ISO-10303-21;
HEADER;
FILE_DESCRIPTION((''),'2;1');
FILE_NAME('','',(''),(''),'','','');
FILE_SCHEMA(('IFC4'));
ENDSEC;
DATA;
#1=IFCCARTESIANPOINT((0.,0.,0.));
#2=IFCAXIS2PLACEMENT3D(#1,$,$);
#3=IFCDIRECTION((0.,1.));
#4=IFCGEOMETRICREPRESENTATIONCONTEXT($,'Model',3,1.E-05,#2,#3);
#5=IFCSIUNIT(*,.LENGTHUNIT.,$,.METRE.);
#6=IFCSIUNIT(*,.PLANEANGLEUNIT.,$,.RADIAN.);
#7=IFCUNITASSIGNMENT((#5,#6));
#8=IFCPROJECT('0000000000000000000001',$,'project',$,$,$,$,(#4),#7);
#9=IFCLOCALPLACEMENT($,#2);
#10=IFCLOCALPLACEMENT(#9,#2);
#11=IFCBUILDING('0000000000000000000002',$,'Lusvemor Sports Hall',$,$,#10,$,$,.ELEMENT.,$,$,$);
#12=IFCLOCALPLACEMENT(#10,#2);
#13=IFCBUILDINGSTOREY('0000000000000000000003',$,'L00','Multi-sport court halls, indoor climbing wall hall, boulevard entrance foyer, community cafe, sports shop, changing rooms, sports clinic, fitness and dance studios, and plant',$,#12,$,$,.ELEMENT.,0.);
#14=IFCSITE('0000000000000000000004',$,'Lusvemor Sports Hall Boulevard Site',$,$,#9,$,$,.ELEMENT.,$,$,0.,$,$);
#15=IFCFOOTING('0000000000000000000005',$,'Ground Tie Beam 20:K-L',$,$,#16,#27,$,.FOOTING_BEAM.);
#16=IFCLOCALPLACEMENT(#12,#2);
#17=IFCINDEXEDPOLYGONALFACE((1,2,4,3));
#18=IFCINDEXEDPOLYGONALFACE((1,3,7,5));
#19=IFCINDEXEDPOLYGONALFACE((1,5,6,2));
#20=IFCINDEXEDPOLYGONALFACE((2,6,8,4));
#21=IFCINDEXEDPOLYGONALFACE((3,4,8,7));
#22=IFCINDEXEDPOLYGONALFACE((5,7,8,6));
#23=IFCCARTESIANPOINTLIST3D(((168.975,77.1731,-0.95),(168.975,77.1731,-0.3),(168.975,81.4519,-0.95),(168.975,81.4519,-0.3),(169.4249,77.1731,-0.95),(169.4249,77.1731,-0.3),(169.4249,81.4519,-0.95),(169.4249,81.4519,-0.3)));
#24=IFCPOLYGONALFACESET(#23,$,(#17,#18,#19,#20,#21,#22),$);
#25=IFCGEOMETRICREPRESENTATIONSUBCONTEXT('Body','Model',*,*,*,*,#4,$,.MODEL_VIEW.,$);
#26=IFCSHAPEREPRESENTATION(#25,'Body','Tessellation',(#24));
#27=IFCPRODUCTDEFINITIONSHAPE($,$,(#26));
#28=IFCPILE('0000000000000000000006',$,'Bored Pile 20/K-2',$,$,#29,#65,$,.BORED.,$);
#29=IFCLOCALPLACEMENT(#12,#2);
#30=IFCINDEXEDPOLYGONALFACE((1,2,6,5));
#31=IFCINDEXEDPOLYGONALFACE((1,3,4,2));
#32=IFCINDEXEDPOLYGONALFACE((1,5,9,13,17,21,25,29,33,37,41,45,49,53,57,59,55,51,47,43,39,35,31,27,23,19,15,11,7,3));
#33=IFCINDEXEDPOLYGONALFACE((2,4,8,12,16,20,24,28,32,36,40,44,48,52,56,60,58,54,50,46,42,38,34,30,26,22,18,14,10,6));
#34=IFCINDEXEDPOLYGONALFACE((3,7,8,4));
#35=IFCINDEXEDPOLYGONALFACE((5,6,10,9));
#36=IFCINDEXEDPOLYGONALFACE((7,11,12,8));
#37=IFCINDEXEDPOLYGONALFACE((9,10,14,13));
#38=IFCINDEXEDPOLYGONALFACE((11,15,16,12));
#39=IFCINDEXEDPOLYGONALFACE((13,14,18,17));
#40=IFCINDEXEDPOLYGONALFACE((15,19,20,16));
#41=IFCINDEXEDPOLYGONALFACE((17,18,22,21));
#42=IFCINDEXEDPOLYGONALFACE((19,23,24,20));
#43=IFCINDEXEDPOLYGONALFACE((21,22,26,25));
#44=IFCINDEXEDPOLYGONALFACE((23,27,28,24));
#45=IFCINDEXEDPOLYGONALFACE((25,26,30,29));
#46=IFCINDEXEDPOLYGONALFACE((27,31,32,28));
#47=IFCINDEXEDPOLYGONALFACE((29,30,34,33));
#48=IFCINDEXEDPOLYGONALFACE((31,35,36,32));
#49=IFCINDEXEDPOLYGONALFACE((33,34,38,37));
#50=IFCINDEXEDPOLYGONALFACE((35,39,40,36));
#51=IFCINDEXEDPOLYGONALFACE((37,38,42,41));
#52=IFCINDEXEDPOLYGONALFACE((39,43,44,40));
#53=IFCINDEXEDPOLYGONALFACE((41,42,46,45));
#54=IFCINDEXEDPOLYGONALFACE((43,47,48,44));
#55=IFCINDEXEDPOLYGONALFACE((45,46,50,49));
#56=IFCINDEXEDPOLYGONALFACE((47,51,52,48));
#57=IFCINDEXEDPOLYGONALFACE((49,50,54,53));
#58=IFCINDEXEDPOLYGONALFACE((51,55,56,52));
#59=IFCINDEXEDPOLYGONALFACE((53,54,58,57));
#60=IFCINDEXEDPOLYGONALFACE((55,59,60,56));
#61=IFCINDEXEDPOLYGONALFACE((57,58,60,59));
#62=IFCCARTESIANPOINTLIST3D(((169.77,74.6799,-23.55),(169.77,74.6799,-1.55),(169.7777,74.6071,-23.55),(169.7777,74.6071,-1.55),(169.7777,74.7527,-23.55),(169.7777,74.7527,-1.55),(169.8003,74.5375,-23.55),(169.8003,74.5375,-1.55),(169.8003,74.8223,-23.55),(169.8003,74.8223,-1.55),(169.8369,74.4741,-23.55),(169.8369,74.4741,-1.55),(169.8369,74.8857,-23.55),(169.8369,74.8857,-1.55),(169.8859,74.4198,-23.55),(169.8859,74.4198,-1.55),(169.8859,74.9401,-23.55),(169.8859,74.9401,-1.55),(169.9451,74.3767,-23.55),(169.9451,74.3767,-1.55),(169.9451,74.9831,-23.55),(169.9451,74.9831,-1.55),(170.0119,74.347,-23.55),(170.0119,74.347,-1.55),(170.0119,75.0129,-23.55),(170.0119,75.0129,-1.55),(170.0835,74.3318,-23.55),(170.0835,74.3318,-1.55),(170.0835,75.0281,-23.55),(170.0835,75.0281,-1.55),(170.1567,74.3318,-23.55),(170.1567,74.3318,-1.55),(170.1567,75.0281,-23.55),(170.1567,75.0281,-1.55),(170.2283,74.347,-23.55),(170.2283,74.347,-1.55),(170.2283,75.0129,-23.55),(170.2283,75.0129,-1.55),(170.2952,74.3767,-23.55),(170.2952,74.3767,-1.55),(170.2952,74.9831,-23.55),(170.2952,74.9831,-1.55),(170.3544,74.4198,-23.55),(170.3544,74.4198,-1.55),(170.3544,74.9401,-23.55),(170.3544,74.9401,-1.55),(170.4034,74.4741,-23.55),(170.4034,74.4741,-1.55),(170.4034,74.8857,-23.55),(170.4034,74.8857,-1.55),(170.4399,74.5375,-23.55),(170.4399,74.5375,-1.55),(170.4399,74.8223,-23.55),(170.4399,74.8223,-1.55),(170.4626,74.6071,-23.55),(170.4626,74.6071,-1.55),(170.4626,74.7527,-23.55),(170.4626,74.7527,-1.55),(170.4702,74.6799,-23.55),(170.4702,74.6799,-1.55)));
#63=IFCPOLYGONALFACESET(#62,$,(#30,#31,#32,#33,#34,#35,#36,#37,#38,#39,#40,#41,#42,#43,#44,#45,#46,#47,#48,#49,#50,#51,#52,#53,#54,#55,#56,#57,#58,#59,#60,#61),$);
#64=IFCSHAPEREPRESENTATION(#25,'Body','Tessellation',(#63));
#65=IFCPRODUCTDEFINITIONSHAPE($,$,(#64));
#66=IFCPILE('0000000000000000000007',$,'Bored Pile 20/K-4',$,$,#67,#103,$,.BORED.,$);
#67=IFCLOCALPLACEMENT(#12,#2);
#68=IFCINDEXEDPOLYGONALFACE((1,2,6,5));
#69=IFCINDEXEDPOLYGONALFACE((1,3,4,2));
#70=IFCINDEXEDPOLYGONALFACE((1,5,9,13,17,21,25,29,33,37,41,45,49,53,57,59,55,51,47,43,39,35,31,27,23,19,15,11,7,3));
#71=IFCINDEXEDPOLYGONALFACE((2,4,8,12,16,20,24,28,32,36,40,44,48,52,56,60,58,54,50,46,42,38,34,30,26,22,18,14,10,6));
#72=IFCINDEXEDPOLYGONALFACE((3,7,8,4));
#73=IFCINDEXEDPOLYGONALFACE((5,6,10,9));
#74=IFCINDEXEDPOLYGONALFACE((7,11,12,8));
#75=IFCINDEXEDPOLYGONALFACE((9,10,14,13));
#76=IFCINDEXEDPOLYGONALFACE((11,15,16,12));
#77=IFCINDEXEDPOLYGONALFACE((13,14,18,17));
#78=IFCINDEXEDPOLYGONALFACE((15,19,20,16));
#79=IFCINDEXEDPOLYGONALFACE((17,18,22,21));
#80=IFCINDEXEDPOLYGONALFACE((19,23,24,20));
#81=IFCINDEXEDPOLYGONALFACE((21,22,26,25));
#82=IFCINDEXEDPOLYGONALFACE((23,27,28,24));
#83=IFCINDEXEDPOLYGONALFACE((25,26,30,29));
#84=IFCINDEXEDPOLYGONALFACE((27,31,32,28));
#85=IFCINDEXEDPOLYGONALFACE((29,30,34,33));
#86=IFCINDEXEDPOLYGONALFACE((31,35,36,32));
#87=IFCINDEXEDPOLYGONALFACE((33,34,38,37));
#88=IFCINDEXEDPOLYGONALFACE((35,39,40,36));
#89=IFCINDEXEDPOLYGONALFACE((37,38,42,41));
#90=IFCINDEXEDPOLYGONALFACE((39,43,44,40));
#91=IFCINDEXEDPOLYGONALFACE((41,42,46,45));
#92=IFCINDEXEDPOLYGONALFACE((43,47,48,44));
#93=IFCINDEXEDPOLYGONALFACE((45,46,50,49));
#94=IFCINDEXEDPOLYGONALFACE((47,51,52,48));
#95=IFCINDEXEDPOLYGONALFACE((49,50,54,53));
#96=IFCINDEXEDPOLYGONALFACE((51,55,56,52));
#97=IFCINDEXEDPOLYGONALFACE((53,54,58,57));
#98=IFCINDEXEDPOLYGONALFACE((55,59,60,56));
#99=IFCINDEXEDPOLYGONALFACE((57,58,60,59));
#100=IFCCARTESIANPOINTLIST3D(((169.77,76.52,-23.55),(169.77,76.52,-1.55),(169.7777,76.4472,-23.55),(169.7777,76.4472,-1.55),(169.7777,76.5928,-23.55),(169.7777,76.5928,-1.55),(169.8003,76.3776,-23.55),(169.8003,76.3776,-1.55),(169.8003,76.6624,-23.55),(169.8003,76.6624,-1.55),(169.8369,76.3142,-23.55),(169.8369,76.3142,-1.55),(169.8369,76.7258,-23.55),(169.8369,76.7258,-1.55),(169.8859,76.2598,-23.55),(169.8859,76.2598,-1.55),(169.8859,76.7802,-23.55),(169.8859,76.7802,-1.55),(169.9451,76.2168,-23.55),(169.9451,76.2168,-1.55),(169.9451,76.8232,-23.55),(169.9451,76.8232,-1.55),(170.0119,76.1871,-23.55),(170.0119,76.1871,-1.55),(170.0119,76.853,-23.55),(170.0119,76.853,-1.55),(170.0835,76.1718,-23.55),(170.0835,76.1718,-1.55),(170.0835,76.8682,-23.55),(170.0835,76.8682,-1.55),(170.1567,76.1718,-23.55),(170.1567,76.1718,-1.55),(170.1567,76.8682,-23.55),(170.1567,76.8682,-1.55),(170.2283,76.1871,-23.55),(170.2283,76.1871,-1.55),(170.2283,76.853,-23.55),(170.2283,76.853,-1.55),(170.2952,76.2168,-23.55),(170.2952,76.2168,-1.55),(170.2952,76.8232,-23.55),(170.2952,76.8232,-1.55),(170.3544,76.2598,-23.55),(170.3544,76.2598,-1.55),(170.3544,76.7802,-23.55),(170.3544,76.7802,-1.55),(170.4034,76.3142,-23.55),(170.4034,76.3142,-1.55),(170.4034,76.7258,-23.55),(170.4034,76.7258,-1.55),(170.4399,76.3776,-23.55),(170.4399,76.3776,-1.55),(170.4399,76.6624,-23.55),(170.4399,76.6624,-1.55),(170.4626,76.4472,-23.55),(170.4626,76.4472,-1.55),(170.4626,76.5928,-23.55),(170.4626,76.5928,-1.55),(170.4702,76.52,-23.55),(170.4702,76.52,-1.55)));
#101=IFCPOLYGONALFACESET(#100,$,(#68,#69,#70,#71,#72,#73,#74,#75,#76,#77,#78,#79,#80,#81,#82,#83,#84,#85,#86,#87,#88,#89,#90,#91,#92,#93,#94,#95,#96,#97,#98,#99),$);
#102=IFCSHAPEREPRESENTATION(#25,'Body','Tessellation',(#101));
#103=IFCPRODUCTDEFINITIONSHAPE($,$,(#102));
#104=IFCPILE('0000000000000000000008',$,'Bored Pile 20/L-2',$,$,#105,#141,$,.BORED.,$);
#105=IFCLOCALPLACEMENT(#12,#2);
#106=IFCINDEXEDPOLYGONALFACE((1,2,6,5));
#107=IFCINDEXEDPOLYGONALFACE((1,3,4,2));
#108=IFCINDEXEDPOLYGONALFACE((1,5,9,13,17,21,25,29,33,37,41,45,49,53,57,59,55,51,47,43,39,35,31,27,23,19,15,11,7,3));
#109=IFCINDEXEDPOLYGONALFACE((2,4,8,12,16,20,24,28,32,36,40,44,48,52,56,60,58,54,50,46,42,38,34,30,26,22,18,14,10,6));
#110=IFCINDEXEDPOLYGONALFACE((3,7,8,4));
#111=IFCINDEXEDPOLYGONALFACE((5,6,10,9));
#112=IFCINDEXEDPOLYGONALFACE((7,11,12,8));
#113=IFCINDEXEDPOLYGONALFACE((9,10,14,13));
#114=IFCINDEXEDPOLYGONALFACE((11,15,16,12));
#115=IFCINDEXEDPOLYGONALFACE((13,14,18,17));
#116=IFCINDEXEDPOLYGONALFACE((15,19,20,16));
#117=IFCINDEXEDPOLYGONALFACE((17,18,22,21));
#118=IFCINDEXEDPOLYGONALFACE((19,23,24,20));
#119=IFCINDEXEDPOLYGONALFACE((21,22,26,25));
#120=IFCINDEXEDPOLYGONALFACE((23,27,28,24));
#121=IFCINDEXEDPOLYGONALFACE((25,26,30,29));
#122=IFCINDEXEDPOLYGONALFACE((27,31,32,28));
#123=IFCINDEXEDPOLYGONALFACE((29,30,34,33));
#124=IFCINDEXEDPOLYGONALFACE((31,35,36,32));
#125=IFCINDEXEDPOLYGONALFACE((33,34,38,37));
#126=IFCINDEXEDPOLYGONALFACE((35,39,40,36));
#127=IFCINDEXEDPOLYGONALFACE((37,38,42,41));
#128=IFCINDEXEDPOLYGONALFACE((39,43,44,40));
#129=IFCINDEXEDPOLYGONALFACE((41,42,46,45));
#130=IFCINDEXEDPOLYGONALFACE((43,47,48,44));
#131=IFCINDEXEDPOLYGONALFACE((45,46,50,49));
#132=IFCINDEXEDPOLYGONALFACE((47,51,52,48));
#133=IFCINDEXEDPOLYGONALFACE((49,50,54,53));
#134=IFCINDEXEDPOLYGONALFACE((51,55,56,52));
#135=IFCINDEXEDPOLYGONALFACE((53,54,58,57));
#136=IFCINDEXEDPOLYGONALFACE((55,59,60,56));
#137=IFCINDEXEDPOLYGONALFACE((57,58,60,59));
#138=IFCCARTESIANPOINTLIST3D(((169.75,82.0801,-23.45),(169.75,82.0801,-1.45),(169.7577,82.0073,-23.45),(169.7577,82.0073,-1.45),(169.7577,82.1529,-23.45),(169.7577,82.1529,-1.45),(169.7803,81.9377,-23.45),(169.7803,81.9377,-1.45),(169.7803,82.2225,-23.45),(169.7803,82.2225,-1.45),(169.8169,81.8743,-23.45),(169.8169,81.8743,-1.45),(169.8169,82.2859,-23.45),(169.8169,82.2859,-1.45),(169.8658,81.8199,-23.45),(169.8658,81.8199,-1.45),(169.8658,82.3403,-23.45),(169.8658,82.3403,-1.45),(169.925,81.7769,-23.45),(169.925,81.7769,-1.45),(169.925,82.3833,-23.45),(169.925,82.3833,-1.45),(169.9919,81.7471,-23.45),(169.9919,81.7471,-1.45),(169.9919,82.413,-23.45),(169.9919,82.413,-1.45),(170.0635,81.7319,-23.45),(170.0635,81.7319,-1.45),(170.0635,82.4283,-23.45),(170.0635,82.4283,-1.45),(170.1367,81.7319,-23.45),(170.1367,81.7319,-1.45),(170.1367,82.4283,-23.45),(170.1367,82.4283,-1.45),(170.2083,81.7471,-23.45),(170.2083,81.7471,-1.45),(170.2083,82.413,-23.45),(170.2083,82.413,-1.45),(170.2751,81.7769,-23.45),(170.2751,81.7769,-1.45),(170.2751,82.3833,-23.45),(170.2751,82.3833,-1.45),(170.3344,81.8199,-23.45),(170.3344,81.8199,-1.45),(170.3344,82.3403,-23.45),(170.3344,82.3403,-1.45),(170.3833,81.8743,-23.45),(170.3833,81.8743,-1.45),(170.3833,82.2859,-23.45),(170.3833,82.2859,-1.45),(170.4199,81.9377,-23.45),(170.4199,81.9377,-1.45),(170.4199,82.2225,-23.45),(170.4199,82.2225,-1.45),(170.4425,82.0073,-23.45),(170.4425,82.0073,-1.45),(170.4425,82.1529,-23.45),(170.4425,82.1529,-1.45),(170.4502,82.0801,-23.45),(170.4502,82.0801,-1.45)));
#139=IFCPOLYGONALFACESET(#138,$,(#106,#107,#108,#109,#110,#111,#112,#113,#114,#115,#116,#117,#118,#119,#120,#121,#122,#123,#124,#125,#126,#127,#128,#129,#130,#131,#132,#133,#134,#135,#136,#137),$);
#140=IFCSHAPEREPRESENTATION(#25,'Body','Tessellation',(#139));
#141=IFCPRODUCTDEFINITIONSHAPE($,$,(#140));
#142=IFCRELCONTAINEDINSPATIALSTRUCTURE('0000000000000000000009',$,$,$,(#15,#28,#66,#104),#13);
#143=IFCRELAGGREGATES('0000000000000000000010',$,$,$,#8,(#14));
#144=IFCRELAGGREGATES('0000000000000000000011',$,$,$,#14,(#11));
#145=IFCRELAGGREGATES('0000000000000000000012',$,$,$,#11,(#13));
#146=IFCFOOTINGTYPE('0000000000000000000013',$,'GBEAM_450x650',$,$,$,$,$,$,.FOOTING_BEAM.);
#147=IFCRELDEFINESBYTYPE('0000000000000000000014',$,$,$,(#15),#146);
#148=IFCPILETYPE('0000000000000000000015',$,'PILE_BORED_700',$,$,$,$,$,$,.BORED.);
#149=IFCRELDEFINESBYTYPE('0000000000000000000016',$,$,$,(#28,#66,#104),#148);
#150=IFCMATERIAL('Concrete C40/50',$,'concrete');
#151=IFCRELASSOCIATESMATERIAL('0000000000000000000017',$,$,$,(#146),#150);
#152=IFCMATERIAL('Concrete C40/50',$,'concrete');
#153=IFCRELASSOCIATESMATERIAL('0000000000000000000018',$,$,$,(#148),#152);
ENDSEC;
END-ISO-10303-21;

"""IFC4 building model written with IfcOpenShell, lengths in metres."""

from ifc_helpers import new_model, si_unit, direction, frame, origin, origin_2d, place, context, subcontext, project, spatial, rectangle, circle, extrude, material, material_profile, profile_set, type_object, element, save


model = new_model("IFC4")

# Units and contexts
model_context = context("Model", 3, precision=1e-05, world=origin(), true_north=direction((0.0, 1.0)))
body_context = subcontext(model_context, "Body", "Model", "MODEL_VIEW")
ifc_project = project(units=[si_unit("LENGTHUNIT", "METRE"), si_unit("PLANEANGLEUNIT", "RADIAN")], contexts=[model_context])

# Site, building, storey
site_placement = place(None, origin())
site = spatial("IfcSite", under=ifc_project, at=site_placement, Name="Lusvemor Sports Hall Boulevard Site", CompositionType="ELEMENT", RefElevation=0.0)
building_placement = place(site_placement, origin())
building = spatial("IfcBuilding", under=site, at=building_placement, Name="Lusvemor Sports Hall", CompositionType="ELEMENT")
storey_placement = place(building_placement, origin())
storey = spatial("IfcBuildingStorey", under=building, at=storey_placement, Name="L00", Description="Multi-sport court halls, indoor climbing wall hall, boulevard entrance foyer, community cafe, sports shop, changing rooms, sports clinic, fitness and dance studios, and plant", CompositionType="ELEMENT", Elevation=0.0)

# Footing
ifc_material_1 = material(Name="Concrete C40/50", Category="concrete")
ifc_material_profile_1 = material_profile(ifc_material_1, rectangle(XDim=0.45, YDim=0.6499, at=origin_2d()), Name="GB_450x650")
ifc_profile_set_1 = profile_set([ifc_material_profile_1], Name="Concrete C40/50")
footing_type = type_object("IfcFootingType", Name="GBEAM_450x650", PredefinedType="FOOTING_BEAM", material=ifc_profile_set_1)
footing_placement = place(storey_placement, frame((169.2, 77.1731, -0.625), z_axis=(0.0, 1.0, 0.0), x_axis=(-1.0, 0.0, 0.0)))
element("IfcFooting", 1, at=footing_placement, inside=storey, type_object=footing_type, Name="Ground Tie Beam 20:K-L", PredefinedType="FOOTING_BEAM", context=body_context, shape_type="SweptSolid", body=[
    extrude(rectangle(XDim=0.45, YDim=0.6499, at=origin_2d()), origin(), (0.0, 0.0, 1.0), 4.2788),
])

# Piles
ifc_material_2 = material(Name="Concrete C40/50", Category="concrete")
ifc_material_profile_2 = material_profile(ifc_material_2, circle(Radius=0.3501, at=origin_2d()), Name="PILE700")
ifc_profile_set_2 = profile_set([ifc_material_profile_2], Name="Concrete C40/50")
pile_type = type_object("IfcPileType", Name="PILE_BORED_700", PredefinedType="BORED", material=ifc_profile_set_2)
for number, where, z_axis, x_axis, name in (
    (2, (170.1201, 74.6799, -1.55), (0.0, 0.0, -1.0), (1.0, 0.0, 0.0), "Bored Pile 20/K-2"),
    (3, (170.1201, 76.52, -1.55), (0.0, 0.0, -1.0), (1.0, 0.0, 0.0), "Bored Pile 20/K-4"),
    (4, (170.1001, 82.0801, -1.45), (0.0, 0.0, -1.0), (1.0, 0.0, 0.0), "Bored Pile 20/L-2"),
):
    element("IfcPile", number, at=place(storey_placement, frame(where, z_axis=z_axis, x_axis=x_axis)), inside=storey, type_object=pile_type, Name=name, PredefinedType="BORED", context=body_context, shape_type="SweptSolid", body=[
        extrude(circle(Radius=0.3501, at=origin_2d()), origin(), (0.0, 0.0, 1.0), 22.0),
    ])

save(model, "model.ifc")
